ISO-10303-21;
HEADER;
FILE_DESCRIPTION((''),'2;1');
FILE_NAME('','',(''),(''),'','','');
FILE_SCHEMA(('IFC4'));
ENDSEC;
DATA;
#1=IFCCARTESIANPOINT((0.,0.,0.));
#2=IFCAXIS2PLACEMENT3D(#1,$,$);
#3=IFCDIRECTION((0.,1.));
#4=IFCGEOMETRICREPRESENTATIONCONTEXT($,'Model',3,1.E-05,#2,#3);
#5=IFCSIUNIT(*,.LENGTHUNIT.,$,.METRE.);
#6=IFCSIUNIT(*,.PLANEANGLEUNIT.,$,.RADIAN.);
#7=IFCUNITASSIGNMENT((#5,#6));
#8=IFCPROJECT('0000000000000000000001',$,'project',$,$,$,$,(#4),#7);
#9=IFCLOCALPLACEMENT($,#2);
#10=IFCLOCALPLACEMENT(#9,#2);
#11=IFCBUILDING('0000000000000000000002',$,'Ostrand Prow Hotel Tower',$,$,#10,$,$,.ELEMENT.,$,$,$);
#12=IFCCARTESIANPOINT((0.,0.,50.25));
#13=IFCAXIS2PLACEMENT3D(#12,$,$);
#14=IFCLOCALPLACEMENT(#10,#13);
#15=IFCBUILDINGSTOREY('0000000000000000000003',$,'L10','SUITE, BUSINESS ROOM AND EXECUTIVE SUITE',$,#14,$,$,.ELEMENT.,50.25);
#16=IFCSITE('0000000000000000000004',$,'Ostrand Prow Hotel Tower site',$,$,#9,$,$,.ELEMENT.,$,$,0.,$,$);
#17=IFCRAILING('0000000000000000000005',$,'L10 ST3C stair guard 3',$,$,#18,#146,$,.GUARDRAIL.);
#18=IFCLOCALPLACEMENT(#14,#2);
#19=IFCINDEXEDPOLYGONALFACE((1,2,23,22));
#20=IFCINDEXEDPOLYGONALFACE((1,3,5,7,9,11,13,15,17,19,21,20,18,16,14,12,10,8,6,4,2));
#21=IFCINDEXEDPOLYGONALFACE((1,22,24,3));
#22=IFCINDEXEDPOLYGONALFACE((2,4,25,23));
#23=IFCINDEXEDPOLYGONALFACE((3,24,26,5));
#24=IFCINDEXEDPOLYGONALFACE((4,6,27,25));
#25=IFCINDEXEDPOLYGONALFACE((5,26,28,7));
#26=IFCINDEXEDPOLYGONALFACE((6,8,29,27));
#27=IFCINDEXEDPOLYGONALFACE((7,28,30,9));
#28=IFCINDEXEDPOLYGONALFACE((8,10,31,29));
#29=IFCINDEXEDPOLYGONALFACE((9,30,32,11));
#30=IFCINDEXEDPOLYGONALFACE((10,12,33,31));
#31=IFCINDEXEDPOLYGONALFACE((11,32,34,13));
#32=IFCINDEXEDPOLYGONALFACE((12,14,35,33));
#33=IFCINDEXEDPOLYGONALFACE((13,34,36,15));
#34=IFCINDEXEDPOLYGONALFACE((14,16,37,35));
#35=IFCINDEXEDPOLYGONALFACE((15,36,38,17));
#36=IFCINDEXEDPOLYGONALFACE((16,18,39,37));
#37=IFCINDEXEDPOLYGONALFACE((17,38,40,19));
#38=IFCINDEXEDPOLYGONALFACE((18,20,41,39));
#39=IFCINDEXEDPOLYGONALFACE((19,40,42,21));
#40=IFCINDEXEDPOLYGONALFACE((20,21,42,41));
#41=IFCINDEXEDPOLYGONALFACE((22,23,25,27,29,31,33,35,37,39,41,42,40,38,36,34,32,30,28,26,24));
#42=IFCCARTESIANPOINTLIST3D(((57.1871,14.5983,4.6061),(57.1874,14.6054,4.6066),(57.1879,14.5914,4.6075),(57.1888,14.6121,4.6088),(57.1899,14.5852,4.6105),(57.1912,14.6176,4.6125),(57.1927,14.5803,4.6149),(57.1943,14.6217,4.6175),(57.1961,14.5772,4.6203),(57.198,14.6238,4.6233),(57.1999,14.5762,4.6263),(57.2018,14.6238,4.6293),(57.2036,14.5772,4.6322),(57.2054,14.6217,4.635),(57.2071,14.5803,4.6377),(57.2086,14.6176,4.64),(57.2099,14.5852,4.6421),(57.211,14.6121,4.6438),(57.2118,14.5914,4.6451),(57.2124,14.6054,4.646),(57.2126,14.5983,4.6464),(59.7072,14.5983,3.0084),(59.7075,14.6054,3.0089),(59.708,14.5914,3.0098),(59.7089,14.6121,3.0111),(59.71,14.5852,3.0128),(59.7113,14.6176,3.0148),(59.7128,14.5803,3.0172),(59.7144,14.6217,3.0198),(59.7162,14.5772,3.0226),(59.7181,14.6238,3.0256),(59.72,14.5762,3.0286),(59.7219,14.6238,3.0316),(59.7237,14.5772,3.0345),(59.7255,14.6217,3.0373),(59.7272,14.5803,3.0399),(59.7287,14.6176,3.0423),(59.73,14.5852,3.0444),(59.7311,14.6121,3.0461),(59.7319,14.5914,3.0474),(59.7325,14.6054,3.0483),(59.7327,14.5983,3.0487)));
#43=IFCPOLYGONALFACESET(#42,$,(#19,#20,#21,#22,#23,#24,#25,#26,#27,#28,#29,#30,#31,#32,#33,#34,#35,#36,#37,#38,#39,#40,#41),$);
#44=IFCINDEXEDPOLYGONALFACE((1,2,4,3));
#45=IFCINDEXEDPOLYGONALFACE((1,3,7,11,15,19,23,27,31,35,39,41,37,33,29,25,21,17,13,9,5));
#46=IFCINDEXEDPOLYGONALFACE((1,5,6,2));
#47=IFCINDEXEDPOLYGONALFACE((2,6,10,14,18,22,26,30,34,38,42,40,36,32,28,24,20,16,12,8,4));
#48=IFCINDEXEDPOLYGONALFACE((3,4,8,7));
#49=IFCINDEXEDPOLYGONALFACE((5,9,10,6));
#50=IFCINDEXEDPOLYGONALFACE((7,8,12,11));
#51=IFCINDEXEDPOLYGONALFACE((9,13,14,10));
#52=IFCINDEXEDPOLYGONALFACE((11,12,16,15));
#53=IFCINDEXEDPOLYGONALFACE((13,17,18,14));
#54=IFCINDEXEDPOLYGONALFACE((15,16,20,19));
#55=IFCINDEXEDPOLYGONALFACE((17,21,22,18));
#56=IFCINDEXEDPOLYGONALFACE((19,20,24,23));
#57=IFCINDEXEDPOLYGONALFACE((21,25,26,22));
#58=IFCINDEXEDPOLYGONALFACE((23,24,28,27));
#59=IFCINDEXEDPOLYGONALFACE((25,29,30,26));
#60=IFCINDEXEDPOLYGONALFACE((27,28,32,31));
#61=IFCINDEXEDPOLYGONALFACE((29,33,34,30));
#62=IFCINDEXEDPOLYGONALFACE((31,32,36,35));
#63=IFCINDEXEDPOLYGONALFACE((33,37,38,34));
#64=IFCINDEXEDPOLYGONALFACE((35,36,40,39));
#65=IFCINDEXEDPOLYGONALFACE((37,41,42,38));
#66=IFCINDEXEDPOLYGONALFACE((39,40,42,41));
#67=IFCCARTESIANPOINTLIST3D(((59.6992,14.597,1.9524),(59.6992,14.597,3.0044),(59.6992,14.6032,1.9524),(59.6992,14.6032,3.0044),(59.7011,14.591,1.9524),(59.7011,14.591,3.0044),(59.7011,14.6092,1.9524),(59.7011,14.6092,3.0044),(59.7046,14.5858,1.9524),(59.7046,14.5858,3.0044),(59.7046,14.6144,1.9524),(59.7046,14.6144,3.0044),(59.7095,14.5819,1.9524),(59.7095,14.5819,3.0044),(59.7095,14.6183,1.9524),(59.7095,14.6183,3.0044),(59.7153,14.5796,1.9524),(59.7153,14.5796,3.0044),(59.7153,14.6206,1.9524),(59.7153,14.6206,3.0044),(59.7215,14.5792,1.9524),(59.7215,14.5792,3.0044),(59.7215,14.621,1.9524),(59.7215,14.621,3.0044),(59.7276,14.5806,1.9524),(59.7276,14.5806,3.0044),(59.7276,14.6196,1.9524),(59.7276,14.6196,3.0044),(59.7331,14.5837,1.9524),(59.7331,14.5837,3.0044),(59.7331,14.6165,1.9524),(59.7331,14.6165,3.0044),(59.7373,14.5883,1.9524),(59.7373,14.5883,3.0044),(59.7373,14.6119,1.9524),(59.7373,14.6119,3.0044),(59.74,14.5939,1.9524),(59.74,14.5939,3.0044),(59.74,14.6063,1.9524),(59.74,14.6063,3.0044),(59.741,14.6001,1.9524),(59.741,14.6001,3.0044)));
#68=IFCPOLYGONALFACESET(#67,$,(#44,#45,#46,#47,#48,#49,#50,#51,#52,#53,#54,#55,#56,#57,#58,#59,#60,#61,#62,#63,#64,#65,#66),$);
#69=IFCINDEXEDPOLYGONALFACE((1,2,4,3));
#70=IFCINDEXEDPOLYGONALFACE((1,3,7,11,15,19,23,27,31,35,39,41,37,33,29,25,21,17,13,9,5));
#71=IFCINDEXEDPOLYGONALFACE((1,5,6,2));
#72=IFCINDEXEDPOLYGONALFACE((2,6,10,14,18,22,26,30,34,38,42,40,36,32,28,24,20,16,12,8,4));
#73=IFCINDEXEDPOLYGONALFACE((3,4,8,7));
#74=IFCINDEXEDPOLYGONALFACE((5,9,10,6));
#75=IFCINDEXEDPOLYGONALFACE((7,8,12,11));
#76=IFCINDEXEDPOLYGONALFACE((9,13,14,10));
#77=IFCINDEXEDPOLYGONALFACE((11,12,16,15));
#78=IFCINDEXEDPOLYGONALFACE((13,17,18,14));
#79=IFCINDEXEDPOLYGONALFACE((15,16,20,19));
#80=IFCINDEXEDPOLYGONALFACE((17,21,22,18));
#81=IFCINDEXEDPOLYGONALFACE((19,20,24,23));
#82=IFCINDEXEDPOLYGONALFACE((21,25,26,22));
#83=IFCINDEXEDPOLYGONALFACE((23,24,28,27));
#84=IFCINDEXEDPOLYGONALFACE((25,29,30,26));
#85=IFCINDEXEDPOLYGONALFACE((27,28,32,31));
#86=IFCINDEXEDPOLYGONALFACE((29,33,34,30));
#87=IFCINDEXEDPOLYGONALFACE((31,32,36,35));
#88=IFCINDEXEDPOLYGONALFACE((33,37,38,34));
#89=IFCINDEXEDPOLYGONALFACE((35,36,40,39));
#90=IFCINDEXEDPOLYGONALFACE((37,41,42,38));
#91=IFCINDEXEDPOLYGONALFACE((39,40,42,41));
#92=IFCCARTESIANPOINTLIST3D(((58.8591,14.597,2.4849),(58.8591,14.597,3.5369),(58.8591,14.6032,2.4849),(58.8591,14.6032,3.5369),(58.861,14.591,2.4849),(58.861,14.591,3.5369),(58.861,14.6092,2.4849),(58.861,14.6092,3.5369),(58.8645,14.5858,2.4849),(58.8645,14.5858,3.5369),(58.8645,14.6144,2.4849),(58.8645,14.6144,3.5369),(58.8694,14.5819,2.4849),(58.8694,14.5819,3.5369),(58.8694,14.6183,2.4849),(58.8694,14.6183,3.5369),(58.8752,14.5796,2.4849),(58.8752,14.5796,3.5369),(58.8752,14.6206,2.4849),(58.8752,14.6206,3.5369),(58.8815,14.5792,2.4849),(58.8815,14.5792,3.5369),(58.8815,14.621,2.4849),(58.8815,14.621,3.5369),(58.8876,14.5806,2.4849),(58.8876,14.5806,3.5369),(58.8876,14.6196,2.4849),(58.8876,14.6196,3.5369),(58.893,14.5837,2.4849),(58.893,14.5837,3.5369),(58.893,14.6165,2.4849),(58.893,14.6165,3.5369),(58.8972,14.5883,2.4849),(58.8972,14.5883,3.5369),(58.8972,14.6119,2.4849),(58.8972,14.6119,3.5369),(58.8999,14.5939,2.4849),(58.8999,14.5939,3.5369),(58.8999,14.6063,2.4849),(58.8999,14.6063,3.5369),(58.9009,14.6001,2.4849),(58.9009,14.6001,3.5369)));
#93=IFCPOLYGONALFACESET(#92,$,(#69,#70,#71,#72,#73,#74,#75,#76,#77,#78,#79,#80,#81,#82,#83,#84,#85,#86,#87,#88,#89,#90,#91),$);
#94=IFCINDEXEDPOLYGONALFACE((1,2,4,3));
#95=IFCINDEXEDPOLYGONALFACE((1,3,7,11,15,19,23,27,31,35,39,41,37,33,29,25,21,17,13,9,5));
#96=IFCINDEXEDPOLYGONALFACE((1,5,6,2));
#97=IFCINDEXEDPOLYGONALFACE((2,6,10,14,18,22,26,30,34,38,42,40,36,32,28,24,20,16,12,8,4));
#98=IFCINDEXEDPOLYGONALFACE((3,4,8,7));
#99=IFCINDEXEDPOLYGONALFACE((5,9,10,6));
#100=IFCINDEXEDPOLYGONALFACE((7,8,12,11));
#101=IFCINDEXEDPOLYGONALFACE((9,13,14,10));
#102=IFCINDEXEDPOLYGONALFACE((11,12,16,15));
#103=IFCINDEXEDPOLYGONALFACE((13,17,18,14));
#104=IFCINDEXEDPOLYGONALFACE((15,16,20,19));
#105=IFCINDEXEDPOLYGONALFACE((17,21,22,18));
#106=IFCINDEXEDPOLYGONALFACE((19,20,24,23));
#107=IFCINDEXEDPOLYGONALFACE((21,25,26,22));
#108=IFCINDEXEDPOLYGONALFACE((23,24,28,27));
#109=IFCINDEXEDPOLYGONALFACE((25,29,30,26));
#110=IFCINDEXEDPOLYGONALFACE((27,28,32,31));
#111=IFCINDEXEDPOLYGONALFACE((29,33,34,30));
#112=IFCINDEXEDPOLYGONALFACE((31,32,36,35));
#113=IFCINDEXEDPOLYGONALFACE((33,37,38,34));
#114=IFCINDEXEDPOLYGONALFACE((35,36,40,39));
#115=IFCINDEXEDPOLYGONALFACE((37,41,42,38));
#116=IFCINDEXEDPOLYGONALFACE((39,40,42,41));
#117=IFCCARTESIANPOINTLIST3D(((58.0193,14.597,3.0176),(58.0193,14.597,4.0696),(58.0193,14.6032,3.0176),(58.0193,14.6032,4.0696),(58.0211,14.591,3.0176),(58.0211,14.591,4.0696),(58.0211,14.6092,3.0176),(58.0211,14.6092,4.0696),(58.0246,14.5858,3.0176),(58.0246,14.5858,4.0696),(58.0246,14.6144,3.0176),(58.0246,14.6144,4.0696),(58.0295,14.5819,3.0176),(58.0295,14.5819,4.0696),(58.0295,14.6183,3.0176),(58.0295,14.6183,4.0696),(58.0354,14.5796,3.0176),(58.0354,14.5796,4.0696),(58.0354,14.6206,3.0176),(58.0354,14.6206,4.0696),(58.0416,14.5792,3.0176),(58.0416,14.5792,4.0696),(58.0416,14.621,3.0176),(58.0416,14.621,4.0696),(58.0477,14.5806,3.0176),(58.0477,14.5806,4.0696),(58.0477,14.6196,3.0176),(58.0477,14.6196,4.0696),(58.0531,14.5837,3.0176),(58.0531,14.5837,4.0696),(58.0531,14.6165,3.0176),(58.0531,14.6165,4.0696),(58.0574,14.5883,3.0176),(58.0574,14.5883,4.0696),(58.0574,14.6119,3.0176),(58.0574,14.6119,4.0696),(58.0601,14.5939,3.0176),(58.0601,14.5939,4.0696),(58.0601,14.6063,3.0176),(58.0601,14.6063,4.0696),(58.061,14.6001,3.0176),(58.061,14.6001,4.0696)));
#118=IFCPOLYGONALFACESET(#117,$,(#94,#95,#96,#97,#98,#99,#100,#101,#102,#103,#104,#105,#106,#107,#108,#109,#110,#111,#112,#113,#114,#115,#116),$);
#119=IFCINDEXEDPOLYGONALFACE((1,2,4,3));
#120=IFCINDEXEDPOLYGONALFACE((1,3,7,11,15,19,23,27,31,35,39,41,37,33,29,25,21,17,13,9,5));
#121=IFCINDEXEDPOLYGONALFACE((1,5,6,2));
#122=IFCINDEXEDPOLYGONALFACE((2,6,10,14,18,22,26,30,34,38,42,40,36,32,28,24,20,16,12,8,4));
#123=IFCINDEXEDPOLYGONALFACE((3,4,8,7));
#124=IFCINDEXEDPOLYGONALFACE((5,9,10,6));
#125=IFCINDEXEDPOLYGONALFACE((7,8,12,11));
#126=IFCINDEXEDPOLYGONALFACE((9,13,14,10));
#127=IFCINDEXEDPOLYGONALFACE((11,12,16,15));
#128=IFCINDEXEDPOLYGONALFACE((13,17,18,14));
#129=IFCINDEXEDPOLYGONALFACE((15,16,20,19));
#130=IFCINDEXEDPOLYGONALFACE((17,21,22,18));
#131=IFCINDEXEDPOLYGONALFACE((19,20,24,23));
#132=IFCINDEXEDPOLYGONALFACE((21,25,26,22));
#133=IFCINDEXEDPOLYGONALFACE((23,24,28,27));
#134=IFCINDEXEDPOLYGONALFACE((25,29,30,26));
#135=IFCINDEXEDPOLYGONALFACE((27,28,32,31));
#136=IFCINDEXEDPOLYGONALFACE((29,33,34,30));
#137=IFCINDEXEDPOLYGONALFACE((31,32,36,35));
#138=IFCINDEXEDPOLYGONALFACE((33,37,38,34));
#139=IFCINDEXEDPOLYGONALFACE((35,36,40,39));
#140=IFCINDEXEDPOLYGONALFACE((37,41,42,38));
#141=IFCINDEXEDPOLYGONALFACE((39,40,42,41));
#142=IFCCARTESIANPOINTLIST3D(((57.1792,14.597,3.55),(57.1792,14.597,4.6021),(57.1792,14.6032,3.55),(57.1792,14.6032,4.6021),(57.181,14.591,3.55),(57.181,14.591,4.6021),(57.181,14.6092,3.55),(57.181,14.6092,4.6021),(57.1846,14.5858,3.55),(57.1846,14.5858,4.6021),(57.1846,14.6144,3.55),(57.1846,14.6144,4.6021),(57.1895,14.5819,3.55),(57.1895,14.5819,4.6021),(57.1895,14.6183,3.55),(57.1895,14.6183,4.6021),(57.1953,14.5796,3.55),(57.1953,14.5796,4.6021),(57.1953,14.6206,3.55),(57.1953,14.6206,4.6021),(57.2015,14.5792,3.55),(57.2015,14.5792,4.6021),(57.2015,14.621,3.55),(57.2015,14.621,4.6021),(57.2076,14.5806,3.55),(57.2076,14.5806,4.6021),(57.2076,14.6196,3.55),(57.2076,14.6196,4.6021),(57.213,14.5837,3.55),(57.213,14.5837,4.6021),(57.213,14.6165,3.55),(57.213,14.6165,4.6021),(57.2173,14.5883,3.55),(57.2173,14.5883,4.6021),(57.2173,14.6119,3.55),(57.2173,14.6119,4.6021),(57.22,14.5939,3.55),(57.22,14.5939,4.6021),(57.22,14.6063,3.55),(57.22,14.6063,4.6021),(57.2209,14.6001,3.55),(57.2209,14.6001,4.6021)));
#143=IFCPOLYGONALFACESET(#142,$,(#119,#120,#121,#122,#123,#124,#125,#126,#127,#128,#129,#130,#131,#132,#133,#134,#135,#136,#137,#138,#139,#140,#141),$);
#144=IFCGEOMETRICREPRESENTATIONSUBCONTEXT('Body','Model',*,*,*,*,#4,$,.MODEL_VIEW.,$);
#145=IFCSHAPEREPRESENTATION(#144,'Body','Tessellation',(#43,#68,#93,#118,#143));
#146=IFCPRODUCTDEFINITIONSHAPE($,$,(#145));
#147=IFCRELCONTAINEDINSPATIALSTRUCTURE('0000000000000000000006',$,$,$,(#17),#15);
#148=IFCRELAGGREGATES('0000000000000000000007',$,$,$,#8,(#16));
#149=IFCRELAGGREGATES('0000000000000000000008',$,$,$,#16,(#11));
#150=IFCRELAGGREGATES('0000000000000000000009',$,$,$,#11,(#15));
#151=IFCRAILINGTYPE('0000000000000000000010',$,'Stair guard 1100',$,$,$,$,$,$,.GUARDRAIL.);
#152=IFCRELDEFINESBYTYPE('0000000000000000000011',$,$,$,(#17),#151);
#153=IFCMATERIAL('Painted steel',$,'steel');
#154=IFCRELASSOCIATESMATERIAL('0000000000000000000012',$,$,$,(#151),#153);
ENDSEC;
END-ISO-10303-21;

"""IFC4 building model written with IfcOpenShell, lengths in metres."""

from ifc_helpers import new_model, si_unit, direction, frame, origin, origin_2d, place, context, subcontext, project, spatial, circle, extrude, material, type_object, element, save


model = new_model("IFC4")

# Units and contexts
model_context = context("Model", 3, precision=1e-05, world=origin(), true_north=direction((0.0, 1.0)))
body_context = subcontext(model_context, "Body", "Model", "MODEL_VIEW")
ifc_project = project(units=[si_unit("LENGTHUNIT", "METRE"), si_unit("PLANEANGLEUNIT", "RADIAN")], contexts=[model_context])

# Site, building, storey
site_placement = place(None, origin())
site = spatial("IfcSite", under=ifc_project, at=site_placement, Name="Ostrand Prow Hotel Tower site", CompositionType="ELEMENT", RefElevation=0.0)
building_placement = place(site_placement, origin())
building = spatial("IfcBuilding", under=site, at=building_placement, Name="Ostrand Prow Hotel Tower", CompositionType="ELEMENT")
storey_placement = place(building_placement, frame((0.0, 0.0, 50.25)))
storey = spatial("IfcBuildingStorey", under=building, at=storey_placement, Name="L10", Description="SUITE, BUSINESS ROOM AND EXECUTIVE SUITE", CompositionType="ELEMENT", Elevation=50.25)

# Railing
ifc_material_1 = material(Name="Painted steel", Category="steel")
railing_type_1 = type_object("IfcRailingType", Name="Stair guard 1100", PredefinedType="GUARDRAIL", material=ifc_material_1)
railing_1_placement = place(storey_placement, frame((59.72, 14.6001, 1.9524)))
element("IfcRailing", 1, at=railing_1_placement, inside=storey, type_object=railing_type_1, Name="L10 ST3C stair guard 3", PredefinedType="GUARDRAIL", context=body_context, shape_type="SweptSolid", body=[
    extrude(circle(Radius=0.0239, at=origin_2d()), frame((0.0, 0.0, 1.0762), z_axis=(-0.84457, 0.0, 0.535445), x_axis=(0.0, -1.0, 0.0)), (0.0, 0.0, 1.0), 2.9839),
    extrude(circle(Radius=0.021, at=origin_2d()), origin(), (0.0, 0.0, 1.0), 1.052),
    extrude(circle(Radius=0.021, at=origin_2d()), frame((-0.8401, 0.0, 0.5325)), (0.0, 0.0, 1.0), 1.052),
    extrude(circle(Radius=0.021, at=origin_2d()), frame((-1.6799, 0.0, 1.0652)), (0.0, 0.0, 1.0), 1.052),
    extrude(circle(Radius=0.021, at=origin_2d()), frame((-2.52, 0.0, 1.5977)), (0.0, 0.0, 1.0), 1.052),
])

save(model, "model.ifc")
